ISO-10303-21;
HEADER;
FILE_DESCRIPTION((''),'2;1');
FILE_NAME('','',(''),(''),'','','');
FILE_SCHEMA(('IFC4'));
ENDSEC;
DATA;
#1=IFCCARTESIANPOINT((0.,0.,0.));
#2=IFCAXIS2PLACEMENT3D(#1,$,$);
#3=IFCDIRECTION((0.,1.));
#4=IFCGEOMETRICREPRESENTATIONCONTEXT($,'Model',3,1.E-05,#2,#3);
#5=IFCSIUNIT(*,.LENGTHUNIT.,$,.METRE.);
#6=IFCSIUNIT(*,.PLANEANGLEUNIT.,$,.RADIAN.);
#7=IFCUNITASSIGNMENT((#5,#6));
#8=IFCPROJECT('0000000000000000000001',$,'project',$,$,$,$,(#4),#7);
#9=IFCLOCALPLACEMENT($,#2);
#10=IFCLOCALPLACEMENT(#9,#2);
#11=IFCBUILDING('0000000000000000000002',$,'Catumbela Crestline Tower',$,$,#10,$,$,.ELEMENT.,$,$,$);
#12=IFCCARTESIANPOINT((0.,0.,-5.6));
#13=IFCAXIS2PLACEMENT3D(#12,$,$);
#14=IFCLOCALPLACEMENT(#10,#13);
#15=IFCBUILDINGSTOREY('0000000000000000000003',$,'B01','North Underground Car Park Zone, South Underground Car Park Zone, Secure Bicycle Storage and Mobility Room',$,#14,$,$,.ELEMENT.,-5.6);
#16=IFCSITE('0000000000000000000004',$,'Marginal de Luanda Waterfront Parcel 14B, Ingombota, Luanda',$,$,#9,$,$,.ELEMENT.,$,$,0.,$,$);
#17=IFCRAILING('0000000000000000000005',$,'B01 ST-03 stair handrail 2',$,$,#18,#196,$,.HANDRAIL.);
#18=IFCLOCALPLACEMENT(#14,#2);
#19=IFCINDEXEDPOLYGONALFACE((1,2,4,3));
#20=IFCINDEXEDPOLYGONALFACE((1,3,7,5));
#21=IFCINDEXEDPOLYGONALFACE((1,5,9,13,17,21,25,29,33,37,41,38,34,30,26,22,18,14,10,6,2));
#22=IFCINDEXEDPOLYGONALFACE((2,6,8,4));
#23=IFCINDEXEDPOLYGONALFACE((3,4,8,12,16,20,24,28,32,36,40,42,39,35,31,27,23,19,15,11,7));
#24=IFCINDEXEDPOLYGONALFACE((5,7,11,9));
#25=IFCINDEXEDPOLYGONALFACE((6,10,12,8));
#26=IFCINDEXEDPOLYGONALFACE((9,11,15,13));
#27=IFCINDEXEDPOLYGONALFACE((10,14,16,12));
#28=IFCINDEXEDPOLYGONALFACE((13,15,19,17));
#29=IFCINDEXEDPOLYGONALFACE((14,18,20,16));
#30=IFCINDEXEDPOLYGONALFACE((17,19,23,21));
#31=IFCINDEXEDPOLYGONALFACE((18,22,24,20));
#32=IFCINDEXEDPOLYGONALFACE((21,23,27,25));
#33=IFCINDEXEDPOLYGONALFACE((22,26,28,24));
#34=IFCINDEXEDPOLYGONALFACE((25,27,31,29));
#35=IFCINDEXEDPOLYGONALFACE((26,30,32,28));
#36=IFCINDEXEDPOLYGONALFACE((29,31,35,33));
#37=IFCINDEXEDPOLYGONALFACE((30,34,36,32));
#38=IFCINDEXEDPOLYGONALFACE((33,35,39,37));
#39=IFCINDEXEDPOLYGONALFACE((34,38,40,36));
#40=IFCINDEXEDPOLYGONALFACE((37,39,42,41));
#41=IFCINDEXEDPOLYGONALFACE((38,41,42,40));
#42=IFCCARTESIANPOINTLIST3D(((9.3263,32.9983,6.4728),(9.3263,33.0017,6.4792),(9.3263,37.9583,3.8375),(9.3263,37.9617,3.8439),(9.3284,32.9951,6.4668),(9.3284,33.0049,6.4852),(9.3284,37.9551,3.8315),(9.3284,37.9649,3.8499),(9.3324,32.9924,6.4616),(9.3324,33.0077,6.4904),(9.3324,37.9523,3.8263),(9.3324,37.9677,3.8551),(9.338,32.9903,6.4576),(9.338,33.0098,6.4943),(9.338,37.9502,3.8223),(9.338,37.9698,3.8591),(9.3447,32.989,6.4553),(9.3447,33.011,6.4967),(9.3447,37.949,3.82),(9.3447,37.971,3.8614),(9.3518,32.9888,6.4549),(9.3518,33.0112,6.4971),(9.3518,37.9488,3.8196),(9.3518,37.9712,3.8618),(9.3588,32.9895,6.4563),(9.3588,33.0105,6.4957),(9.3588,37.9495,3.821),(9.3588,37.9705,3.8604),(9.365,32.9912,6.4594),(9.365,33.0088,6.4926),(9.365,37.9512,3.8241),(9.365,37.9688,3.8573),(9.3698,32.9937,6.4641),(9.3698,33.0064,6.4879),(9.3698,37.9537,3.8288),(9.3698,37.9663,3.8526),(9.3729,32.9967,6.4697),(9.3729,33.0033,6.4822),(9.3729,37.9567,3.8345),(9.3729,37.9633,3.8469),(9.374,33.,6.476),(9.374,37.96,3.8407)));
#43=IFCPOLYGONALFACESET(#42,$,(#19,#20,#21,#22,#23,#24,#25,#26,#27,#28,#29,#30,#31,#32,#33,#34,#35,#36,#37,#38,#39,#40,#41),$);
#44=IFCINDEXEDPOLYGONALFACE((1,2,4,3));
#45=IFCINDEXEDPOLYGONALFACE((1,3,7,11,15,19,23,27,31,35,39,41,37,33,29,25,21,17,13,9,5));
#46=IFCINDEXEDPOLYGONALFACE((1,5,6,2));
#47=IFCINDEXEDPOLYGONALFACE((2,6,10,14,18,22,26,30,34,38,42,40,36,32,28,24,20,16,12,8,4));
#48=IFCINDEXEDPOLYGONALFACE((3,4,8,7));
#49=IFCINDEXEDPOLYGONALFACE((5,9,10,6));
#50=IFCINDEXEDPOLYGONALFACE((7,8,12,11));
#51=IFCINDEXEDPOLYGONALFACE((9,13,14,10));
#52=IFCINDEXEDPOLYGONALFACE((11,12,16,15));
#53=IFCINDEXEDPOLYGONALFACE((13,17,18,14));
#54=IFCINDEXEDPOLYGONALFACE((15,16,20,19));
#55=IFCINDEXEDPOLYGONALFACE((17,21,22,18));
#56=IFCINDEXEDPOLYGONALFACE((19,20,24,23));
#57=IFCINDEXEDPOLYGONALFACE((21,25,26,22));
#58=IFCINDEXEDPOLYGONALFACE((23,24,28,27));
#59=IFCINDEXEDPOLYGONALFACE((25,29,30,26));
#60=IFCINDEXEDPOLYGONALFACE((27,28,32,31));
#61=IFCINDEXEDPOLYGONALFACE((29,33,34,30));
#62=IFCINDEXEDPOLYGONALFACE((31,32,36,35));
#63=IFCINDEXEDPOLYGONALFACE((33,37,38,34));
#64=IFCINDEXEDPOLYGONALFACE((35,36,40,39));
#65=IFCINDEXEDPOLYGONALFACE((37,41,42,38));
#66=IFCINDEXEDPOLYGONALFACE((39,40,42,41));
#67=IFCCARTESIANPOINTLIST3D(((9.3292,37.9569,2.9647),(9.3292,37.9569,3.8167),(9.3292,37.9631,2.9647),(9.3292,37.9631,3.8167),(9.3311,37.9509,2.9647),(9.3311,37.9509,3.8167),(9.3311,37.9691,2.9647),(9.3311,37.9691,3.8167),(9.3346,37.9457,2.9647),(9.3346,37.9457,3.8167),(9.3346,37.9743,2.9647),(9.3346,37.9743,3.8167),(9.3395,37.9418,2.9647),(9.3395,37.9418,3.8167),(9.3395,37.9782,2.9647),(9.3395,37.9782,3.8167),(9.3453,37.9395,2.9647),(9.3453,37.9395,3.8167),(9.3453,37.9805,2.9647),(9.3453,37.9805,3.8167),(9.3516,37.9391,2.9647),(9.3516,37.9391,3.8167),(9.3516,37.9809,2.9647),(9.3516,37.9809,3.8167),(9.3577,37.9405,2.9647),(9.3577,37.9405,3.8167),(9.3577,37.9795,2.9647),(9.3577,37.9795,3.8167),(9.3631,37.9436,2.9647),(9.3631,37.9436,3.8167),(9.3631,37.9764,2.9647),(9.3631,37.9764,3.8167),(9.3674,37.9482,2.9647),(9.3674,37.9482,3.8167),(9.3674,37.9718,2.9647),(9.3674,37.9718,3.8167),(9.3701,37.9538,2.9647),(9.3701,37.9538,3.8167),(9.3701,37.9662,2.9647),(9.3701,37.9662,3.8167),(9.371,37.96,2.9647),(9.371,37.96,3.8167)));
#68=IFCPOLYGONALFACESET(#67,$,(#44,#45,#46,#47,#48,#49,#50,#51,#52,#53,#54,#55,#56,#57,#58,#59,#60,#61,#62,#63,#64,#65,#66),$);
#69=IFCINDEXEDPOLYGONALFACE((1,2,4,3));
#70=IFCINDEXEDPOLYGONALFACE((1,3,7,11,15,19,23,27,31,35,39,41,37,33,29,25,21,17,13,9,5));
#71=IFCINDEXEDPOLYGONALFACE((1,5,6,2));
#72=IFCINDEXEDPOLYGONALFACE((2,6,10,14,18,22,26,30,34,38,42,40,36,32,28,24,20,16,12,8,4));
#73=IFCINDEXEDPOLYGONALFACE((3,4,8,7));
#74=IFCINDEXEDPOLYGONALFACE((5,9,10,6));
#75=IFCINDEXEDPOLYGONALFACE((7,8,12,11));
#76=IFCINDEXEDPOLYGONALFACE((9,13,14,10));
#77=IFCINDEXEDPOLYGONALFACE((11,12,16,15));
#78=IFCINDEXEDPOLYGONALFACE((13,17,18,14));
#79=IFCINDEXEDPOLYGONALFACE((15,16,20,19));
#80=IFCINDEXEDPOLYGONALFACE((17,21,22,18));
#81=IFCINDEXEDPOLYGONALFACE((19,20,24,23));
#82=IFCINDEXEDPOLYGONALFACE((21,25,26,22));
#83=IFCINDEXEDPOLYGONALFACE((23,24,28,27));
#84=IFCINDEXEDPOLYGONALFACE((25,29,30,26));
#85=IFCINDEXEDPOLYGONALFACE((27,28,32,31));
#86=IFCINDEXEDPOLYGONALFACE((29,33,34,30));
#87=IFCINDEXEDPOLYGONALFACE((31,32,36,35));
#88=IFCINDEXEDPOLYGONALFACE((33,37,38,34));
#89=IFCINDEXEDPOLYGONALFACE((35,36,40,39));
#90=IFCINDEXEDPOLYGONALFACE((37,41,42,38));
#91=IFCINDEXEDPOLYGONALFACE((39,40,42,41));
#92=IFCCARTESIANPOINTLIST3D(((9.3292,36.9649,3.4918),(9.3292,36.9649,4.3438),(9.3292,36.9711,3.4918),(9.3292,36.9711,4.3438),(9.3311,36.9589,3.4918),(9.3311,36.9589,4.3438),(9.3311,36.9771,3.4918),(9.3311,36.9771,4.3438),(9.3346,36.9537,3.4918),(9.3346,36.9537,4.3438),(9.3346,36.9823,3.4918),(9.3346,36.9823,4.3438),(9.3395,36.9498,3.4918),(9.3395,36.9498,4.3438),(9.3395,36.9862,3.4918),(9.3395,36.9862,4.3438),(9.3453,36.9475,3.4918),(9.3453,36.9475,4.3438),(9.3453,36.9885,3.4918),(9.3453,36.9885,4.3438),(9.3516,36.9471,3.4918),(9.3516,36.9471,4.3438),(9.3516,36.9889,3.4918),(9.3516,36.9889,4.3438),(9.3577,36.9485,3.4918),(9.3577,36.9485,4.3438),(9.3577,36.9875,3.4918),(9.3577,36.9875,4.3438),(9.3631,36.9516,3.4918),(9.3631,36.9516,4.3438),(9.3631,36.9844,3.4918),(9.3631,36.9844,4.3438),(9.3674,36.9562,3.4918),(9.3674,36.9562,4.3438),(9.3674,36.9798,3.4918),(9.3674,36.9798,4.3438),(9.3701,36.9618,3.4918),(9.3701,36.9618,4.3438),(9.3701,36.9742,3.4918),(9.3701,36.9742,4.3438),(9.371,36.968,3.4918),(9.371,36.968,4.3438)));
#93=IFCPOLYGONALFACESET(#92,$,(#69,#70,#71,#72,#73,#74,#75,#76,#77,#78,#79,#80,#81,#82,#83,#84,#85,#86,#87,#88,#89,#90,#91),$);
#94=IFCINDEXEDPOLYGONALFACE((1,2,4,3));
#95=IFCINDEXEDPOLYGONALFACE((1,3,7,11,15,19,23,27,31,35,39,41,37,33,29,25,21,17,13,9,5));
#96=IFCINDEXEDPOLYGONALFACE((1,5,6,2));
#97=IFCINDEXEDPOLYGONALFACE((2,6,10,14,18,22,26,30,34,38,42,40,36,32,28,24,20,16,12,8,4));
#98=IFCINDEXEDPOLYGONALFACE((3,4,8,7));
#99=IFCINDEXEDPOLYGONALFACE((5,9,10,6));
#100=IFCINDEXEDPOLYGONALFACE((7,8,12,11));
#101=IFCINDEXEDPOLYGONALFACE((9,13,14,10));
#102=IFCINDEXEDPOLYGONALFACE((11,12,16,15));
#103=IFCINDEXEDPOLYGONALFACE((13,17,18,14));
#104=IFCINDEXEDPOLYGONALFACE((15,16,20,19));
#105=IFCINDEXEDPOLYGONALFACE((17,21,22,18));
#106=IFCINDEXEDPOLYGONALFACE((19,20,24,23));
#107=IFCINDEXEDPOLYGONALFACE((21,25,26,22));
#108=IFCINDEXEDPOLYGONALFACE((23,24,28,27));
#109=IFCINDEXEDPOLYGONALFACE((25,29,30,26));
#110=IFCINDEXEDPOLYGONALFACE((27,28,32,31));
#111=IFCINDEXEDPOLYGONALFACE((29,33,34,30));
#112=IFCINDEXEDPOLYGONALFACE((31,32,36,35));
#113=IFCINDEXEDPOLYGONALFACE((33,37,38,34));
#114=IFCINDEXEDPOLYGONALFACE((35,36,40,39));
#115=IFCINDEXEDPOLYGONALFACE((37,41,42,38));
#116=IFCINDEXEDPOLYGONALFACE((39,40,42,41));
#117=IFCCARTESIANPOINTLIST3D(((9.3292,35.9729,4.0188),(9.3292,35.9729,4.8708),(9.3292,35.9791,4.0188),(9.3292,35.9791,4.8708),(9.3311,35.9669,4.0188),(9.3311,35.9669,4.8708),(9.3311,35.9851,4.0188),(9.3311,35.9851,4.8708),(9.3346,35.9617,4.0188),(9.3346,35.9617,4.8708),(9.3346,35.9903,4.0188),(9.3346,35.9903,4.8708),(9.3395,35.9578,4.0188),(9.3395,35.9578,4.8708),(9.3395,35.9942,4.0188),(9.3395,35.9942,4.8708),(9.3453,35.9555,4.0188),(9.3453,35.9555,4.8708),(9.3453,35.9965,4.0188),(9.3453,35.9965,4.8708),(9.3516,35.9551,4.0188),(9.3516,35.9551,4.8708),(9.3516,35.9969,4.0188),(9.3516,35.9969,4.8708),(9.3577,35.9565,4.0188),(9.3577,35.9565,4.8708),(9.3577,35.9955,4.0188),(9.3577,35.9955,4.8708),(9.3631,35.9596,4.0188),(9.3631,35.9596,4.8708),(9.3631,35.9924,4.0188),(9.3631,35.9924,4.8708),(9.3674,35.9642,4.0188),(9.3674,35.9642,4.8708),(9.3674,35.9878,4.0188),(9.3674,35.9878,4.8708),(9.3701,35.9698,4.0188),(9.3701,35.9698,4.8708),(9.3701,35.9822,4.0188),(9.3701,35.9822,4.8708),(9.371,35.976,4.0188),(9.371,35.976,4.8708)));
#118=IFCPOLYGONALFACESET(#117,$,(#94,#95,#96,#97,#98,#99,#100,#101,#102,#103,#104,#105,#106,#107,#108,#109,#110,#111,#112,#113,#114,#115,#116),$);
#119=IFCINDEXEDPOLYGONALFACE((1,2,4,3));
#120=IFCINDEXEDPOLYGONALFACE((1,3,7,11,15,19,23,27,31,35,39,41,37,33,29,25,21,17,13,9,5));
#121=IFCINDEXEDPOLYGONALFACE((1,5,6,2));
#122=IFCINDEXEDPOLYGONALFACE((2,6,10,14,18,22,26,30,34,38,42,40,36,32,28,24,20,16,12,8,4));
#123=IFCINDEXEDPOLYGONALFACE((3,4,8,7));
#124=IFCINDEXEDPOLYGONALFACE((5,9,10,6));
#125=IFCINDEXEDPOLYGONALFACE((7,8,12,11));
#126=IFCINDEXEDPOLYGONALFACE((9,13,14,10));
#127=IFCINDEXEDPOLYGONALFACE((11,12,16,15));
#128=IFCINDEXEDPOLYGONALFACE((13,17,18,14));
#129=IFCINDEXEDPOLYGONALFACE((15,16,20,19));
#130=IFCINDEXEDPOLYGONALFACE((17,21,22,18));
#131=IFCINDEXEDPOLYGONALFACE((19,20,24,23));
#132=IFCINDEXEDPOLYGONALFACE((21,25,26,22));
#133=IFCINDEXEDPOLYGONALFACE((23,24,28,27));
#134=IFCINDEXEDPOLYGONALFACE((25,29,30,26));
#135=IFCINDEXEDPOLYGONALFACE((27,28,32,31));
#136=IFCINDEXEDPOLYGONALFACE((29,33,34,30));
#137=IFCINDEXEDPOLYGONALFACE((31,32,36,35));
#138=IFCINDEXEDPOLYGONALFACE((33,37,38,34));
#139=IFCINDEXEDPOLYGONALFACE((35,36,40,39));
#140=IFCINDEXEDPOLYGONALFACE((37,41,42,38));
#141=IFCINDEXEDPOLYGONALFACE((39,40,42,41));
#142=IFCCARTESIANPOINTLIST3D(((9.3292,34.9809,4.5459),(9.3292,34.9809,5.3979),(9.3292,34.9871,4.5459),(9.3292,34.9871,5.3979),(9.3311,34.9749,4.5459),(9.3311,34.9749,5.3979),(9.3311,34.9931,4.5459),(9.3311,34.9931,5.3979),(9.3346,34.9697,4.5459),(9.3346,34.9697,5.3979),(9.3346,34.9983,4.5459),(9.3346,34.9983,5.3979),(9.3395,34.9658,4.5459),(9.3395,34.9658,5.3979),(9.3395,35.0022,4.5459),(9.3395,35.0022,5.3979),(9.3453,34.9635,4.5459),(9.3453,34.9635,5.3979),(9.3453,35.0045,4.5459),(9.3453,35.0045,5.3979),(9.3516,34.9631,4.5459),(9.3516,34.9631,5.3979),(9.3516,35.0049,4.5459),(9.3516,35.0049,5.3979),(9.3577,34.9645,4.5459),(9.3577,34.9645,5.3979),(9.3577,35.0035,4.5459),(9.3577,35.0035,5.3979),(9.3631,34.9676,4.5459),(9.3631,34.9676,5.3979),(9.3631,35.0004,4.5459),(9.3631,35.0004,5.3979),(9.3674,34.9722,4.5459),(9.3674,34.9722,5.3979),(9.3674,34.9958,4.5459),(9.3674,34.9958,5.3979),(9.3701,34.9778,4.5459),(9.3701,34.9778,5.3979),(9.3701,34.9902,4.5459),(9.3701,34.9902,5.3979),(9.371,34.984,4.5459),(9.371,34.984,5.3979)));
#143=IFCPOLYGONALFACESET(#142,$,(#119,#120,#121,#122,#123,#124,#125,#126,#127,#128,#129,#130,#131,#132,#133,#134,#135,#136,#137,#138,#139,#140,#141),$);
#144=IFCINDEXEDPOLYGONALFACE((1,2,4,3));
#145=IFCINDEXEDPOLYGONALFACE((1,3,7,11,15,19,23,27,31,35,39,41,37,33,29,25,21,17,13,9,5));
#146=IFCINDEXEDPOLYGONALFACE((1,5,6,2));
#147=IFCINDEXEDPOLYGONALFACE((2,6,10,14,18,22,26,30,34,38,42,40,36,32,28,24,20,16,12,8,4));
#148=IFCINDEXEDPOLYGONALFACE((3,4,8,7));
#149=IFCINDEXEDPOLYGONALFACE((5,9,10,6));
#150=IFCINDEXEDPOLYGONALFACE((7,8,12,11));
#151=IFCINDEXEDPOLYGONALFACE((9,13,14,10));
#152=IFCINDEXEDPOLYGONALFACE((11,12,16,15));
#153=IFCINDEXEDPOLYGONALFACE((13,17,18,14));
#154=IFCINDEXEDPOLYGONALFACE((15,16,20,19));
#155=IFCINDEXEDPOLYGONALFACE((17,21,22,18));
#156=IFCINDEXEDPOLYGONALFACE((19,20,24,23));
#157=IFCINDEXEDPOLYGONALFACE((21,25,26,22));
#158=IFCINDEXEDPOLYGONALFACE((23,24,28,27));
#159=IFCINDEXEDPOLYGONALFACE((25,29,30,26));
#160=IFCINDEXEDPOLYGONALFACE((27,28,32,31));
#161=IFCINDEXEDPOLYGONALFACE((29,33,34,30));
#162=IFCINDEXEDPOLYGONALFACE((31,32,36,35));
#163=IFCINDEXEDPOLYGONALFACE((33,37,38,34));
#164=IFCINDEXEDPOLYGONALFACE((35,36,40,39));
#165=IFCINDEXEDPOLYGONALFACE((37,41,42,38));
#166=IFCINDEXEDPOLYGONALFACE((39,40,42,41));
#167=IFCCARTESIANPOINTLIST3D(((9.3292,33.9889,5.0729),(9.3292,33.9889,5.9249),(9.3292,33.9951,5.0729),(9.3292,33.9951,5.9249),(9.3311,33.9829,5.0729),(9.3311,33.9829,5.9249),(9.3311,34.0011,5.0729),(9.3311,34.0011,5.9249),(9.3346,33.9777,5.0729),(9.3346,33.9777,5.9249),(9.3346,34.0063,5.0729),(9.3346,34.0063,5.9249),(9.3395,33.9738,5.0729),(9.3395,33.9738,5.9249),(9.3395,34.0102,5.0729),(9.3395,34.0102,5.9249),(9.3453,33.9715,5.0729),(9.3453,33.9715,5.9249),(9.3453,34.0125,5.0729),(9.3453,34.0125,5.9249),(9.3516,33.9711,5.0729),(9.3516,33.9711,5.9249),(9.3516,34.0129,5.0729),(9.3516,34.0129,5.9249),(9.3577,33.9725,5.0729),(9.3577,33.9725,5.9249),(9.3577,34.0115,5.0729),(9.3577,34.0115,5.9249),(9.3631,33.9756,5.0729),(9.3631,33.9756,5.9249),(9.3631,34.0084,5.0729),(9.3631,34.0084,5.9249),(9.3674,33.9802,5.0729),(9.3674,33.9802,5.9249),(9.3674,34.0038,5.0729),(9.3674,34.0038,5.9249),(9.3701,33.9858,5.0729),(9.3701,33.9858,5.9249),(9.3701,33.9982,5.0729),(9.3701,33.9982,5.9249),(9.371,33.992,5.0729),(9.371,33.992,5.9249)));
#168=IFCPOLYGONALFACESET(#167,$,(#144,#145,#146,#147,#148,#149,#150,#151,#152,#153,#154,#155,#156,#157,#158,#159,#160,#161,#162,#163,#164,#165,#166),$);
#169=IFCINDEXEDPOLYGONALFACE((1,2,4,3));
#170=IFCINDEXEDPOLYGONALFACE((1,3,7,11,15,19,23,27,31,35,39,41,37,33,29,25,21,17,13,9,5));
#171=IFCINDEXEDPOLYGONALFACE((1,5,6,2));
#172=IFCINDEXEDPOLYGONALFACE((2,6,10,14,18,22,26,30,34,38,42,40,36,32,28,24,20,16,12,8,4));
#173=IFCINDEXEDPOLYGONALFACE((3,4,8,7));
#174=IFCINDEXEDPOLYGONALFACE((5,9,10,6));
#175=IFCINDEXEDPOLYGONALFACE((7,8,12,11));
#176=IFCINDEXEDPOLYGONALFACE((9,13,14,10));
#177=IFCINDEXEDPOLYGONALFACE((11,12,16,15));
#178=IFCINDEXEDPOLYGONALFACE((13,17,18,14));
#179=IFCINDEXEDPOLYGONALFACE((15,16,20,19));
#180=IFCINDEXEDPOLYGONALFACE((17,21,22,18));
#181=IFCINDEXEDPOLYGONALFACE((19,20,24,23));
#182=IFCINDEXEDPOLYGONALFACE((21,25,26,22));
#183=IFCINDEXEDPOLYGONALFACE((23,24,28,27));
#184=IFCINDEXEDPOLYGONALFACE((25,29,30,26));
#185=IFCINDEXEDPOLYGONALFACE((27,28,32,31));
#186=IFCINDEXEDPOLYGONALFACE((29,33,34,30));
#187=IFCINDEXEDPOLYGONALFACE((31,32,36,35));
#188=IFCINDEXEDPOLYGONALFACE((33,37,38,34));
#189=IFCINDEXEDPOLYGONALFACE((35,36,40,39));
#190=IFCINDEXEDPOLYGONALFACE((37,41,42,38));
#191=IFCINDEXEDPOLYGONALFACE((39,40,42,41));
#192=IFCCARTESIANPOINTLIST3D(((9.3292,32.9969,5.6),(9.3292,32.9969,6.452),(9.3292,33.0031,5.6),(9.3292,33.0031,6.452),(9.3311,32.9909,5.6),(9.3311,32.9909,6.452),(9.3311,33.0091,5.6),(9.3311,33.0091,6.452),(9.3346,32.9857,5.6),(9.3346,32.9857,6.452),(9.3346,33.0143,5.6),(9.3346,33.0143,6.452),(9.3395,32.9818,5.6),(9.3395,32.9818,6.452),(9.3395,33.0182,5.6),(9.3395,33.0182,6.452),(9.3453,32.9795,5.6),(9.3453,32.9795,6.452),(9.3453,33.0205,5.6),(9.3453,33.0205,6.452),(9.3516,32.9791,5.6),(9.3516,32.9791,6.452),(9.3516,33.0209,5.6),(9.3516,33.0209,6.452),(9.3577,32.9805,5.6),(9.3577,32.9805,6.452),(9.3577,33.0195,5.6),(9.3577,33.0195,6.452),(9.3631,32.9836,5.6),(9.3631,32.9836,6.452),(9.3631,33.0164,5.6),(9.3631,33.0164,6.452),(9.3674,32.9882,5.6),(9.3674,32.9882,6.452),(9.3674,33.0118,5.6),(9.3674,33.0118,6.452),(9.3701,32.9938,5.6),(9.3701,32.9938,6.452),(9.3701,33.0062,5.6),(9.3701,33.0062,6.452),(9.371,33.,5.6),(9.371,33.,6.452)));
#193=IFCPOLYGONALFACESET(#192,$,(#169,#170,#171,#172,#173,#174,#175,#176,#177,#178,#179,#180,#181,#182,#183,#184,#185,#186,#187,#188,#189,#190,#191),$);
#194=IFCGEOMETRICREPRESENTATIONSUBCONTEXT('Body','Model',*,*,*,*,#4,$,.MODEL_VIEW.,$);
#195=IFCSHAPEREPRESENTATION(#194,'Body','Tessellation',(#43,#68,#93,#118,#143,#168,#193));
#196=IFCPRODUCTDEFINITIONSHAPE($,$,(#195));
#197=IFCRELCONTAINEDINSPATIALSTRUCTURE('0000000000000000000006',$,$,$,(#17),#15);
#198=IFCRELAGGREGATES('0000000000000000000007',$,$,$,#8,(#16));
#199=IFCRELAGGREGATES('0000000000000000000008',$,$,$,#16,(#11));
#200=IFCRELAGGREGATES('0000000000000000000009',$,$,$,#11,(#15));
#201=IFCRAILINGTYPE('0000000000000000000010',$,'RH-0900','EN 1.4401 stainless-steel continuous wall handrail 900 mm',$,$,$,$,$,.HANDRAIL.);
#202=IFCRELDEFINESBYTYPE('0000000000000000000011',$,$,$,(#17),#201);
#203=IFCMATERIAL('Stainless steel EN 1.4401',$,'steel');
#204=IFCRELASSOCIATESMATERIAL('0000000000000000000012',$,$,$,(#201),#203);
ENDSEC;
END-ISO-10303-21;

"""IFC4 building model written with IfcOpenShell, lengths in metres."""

from ifc_helpers import new_model, si_unit, direction, frame, origin, origin_2d, place, context, subcontext, project, spatial, circle, extrude, material, type_object, element, save


model = new_model("IFC4")

# Units and contexts
model_context = context("Model", 3, precision=1e-05, world=origin(), true_north=direction((0.0, 1.0)))
body_context = subcontext(model_context, "Body", "Model", "MODEL_VIEW")
ifc_project = project(units=[si_unit("LENGTHUNIT", "METRE"), si_unit("PLANEANGLEUNIT", "RADIAN")], contexts=[model_context])

# Site, building, storey
site_placement = place(None, origin())
site = spatial("IfcSite", under=ifc_project, at=site_placement, Name="Marginal de Luanda Waterfront Parcel 14B, Ingombota, Luanda", CompositionType="ELEMENT", RefElevation=0.0)
building_placement = place(site_placement, origin())
building = spatial("IfcBuilding", under=site, at=building_placement, Name="Catumbela Crestline Tower", CompositionType="ELEMENT")
storey_placement = place(building_placement, frame((0.0, 0.0, -5.6)))
storey = spatial("IfcBuildingStorey", under=building, at=storey_placement, Name="B01", Description="North Underground Car Park Zone, South Underground Car Park Zone, Secure Bicycle Storage and Mobility Room", CompositionType="ELEMENT", Elevation=-5.6)

# Shared definitions
ifc_material_1 = material(Name="Stainless steel EN 1.4401", Category="steel")

# Railing
railing_type_1 = type_object("IfcRailingType", Name="RH-0900", Description="EN 1.4401 stainless-steel continuous wall handrail 900 mm", PredefinedType="HANDRAIL", material=ifc_material_1)
railing_1_placement = place(storey_placement, frame((9.35, 37.96, 2.9647)))
element("IfcRailing", 1, at=railing_1_placement, inside=storey, type_object=railing_type_1, Name="B01 ST-03 stair handrail 2", PredefinedType="HANDRAIL", context=body_context, shape_type="SweptSolid", body=[
    extrude(circle(Radius=0.024, at=origin_2d()), frame((0.0, 0.0, 0.876), z_axis=(0.0, -0.883094, 0.469197), x_axis=(1.0, 0.0, 0.0)), (0.0, 0.0, 1.0), 5.6166),
    extrude(circle(Radius=0.021, at=origin_2d()), origin(), (0.0, 0.0, 1.0), 0.852),
    extrude(circle(Radius=0.021, at=origin_2d()), frame((0.0, -0.992, 0.5271)), (0.0, 0.0, 1.0), 0.852),
    extrude(circle(Radius=0.021, at=origin_2d()), frame((0.0, -1.984, 1.0541)), (0.0, 0.0, 1.0), 0.852),
    extrude(circle(Radius=0.021, at=origin_2d()), frame((0.0, -2.976, 1.5812)), (0.0, 0.0, 1.0), 0.852),
    extrude(circle(Radius=0.021, at=origin_2d()), frame((0.0, -3.968, 2.1082)), (0.0, 0.0, 1.0), 0.852),
    extrude(circle(Radius=0.021, at=origin_2d()), frame((0.0, -4.96, 2.6353)), (0.0, 0.0, 1.0), 0.852),
])

save(model, "model.ifc")
